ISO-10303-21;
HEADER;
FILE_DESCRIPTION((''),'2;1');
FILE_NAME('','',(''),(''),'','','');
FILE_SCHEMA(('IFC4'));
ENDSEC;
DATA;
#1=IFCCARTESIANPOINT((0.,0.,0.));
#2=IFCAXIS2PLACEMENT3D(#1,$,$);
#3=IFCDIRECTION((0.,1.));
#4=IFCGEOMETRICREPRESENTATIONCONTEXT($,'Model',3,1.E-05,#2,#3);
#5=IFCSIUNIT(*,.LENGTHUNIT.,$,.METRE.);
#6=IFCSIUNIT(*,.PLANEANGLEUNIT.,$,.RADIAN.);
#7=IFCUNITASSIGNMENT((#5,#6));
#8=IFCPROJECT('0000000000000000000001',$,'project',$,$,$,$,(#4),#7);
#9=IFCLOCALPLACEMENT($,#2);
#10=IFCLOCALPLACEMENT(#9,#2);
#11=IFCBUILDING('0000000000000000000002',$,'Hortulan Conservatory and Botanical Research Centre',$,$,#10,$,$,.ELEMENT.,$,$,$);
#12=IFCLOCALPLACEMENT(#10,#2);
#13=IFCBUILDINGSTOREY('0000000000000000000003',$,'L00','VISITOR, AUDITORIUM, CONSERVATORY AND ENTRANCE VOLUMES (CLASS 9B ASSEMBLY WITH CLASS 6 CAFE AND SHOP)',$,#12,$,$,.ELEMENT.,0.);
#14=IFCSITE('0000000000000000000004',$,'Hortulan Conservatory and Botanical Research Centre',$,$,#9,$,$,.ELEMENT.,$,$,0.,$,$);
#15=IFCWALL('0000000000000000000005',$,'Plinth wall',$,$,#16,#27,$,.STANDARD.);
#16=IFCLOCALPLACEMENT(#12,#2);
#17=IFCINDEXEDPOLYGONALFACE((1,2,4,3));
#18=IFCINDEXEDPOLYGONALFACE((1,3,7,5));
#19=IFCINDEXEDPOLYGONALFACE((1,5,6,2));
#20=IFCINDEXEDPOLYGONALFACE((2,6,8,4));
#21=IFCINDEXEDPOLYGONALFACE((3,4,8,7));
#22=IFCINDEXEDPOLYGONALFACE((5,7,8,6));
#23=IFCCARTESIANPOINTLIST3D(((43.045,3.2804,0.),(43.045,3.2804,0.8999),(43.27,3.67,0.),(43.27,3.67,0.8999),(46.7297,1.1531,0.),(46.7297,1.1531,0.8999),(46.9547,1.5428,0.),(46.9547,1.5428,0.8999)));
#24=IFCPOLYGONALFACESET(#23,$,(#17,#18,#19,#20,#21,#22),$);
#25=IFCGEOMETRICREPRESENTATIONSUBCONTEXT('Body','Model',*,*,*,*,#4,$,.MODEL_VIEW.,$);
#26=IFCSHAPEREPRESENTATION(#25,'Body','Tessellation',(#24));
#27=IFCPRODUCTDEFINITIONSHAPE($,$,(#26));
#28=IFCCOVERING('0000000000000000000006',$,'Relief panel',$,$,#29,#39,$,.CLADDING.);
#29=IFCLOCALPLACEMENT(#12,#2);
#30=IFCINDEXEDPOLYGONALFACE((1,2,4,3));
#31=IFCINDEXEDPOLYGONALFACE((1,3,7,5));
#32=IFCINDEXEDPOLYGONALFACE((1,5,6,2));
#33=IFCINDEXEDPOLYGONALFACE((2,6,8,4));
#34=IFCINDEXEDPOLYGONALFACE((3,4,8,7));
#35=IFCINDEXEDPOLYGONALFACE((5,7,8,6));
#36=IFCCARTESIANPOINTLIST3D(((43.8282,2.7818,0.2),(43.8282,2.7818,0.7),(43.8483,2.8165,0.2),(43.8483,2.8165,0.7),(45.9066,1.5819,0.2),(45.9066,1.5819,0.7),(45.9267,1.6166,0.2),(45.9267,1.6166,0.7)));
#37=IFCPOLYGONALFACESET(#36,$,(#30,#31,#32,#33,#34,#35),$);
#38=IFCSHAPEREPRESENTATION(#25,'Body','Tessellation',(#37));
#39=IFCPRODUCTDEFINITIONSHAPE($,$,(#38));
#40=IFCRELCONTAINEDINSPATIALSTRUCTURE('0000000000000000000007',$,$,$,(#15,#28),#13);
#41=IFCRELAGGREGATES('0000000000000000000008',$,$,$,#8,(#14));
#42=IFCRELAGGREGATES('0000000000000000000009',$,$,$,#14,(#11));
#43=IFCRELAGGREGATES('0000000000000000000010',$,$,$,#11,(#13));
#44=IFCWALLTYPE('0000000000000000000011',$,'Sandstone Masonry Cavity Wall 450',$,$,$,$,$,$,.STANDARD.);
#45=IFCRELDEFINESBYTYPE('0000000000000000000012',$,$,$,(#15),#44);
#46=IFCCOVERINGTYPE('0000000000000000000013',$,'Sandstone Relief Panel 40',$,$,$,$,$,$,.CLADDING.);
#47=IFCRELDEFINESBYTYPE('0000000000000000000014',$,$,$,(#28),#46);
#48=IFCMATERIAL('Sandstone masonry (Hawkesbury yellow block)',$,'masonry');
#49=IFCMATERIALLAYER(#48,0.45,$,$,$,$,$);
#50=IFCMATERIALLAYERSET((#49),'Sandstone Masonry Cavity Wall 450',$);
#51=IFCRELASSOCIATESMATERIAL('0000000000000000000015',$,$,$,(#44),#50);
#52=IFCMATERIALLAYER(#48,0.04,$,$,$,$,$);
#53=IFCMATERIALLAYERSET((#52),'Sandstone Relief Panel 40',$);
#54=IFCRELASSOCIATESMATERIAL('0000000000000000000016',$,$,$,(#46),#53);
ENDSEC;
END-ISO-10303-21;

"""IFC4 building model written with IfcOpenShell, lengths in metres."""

from ifc_helpers import new_model, si_unit, direction, frame, frame_2d, origin, origin_2d, place, context, subcontext, project, spatial, rectangle, extrude, material, layer, layer_set, type_object, element, save


model = new_model("IFC4")

# Units and contexts
model_context = context("Model", 3, precision=1e-05, world=origin(), true_north=direction((0.0, 1.0)))
body_context = subcontext(model_context, "Body", "Model", "MODEL_VIEW")
ifc_project = project(units=[si_unit("LENGTHUNIT", "METRE"), si_unit("PLANEANGLEUNIT", "RADIAN")], contexts=[model_context])

# Site, building, storey
site_placement = place(None, origin())
site = spatial("IfcSite", under=ifc_project, at=site_placement, Name="Hortulan Conservatory and Botanical Research Centre", CompositionType="ELEMENT", RefElevation=0.0)
building_placement = place(site_placement, origin())
building = spatial("IfcBuilding", under=site, at=building_placement, Name="Hortulan Conservatory and Botanical Research Centre", CompositionType="ELEMENT")
storey_placement = place(building_placement, origin())
storey = spatial("IfcBuildingStorey", under=building, at=storey_placement, Name="L00", Description="VISITOR, AUDITORIUM, CONSERVATORY AND ENTRANCE VOLUMES (CLASS 9B ASSEMBLY WITH CLASS 6 CAFE AND SHOP)", CompositionType="ELEMENT", Elevation=0.0)

# Wall
ifc_material_1 = material(Name="Sandstone masonry (Hawkesbury yellow block)", Category="masonry")
ifc_layer_1 = layer(ifc_material_1, 0.45)
ifc_layer_set_1 = layer_set([ifc_layer_1], Name="Sandstone Masonry Cavity Wall 450")
wall_type = type_object("IfcWallType", Name="Sandstone Masonry Cavity Wall 450", PredefinedType="STANDARD", material=ifc_layer_set_1)
wall_placement = place(storey_placement, frame((46.8423, 1.3479, 0.0), z_axis=(0.0, 0.0, 1.0), x_axis=(-0.866035, 0.499984, 0.0)))
element("IfcWall", 1, at=wall_placement, inside=storey, type_object=wall_type, Name="Plinth wall", PredefinedType="STANDARD", context=body_context, shape_type="SweptSolid", body=[
    extrude(rectangle(XDim=4.2546, YDim=0.45, at=frame_2d((2.1274, 0.0))), origin(), (0.0, 0.0, 1.0), 0.8999),
])

# Covering
ifc_layer_2 = layer(ifc_material_1, 0.04)
ifc_layer_set_2 = layer_set([ifc_layer_2], Name="Sandstone Relief Panel 40")
covering_type = type_object("IfcCoveringType", Name="Sandstone Relief Panel 40", PredefinedType="CLADDING", material=ifc_layer_set_2)
covering_placement = place(storey_placement, frame((44.8774, 2.1992, 0.2), z_axis=(0.0, 0.0, 1.0), x_axis=(-0.866036, 0.499982, 0.0)))
element("IfcCovering", 2, at=covering_placement, inside=storey, type_object=covering_type, Name="Relief panel", PredefinedType="CLADDING", context=body_context, shape_type="SweptSolid", body=[
    extrude(rectangle(XDim=2.3999, YDim=0.04, at=origin_2d()), origin(), (0.0, 0.0, 1.0), 0.5),
])

save(model, "model.ifc")
